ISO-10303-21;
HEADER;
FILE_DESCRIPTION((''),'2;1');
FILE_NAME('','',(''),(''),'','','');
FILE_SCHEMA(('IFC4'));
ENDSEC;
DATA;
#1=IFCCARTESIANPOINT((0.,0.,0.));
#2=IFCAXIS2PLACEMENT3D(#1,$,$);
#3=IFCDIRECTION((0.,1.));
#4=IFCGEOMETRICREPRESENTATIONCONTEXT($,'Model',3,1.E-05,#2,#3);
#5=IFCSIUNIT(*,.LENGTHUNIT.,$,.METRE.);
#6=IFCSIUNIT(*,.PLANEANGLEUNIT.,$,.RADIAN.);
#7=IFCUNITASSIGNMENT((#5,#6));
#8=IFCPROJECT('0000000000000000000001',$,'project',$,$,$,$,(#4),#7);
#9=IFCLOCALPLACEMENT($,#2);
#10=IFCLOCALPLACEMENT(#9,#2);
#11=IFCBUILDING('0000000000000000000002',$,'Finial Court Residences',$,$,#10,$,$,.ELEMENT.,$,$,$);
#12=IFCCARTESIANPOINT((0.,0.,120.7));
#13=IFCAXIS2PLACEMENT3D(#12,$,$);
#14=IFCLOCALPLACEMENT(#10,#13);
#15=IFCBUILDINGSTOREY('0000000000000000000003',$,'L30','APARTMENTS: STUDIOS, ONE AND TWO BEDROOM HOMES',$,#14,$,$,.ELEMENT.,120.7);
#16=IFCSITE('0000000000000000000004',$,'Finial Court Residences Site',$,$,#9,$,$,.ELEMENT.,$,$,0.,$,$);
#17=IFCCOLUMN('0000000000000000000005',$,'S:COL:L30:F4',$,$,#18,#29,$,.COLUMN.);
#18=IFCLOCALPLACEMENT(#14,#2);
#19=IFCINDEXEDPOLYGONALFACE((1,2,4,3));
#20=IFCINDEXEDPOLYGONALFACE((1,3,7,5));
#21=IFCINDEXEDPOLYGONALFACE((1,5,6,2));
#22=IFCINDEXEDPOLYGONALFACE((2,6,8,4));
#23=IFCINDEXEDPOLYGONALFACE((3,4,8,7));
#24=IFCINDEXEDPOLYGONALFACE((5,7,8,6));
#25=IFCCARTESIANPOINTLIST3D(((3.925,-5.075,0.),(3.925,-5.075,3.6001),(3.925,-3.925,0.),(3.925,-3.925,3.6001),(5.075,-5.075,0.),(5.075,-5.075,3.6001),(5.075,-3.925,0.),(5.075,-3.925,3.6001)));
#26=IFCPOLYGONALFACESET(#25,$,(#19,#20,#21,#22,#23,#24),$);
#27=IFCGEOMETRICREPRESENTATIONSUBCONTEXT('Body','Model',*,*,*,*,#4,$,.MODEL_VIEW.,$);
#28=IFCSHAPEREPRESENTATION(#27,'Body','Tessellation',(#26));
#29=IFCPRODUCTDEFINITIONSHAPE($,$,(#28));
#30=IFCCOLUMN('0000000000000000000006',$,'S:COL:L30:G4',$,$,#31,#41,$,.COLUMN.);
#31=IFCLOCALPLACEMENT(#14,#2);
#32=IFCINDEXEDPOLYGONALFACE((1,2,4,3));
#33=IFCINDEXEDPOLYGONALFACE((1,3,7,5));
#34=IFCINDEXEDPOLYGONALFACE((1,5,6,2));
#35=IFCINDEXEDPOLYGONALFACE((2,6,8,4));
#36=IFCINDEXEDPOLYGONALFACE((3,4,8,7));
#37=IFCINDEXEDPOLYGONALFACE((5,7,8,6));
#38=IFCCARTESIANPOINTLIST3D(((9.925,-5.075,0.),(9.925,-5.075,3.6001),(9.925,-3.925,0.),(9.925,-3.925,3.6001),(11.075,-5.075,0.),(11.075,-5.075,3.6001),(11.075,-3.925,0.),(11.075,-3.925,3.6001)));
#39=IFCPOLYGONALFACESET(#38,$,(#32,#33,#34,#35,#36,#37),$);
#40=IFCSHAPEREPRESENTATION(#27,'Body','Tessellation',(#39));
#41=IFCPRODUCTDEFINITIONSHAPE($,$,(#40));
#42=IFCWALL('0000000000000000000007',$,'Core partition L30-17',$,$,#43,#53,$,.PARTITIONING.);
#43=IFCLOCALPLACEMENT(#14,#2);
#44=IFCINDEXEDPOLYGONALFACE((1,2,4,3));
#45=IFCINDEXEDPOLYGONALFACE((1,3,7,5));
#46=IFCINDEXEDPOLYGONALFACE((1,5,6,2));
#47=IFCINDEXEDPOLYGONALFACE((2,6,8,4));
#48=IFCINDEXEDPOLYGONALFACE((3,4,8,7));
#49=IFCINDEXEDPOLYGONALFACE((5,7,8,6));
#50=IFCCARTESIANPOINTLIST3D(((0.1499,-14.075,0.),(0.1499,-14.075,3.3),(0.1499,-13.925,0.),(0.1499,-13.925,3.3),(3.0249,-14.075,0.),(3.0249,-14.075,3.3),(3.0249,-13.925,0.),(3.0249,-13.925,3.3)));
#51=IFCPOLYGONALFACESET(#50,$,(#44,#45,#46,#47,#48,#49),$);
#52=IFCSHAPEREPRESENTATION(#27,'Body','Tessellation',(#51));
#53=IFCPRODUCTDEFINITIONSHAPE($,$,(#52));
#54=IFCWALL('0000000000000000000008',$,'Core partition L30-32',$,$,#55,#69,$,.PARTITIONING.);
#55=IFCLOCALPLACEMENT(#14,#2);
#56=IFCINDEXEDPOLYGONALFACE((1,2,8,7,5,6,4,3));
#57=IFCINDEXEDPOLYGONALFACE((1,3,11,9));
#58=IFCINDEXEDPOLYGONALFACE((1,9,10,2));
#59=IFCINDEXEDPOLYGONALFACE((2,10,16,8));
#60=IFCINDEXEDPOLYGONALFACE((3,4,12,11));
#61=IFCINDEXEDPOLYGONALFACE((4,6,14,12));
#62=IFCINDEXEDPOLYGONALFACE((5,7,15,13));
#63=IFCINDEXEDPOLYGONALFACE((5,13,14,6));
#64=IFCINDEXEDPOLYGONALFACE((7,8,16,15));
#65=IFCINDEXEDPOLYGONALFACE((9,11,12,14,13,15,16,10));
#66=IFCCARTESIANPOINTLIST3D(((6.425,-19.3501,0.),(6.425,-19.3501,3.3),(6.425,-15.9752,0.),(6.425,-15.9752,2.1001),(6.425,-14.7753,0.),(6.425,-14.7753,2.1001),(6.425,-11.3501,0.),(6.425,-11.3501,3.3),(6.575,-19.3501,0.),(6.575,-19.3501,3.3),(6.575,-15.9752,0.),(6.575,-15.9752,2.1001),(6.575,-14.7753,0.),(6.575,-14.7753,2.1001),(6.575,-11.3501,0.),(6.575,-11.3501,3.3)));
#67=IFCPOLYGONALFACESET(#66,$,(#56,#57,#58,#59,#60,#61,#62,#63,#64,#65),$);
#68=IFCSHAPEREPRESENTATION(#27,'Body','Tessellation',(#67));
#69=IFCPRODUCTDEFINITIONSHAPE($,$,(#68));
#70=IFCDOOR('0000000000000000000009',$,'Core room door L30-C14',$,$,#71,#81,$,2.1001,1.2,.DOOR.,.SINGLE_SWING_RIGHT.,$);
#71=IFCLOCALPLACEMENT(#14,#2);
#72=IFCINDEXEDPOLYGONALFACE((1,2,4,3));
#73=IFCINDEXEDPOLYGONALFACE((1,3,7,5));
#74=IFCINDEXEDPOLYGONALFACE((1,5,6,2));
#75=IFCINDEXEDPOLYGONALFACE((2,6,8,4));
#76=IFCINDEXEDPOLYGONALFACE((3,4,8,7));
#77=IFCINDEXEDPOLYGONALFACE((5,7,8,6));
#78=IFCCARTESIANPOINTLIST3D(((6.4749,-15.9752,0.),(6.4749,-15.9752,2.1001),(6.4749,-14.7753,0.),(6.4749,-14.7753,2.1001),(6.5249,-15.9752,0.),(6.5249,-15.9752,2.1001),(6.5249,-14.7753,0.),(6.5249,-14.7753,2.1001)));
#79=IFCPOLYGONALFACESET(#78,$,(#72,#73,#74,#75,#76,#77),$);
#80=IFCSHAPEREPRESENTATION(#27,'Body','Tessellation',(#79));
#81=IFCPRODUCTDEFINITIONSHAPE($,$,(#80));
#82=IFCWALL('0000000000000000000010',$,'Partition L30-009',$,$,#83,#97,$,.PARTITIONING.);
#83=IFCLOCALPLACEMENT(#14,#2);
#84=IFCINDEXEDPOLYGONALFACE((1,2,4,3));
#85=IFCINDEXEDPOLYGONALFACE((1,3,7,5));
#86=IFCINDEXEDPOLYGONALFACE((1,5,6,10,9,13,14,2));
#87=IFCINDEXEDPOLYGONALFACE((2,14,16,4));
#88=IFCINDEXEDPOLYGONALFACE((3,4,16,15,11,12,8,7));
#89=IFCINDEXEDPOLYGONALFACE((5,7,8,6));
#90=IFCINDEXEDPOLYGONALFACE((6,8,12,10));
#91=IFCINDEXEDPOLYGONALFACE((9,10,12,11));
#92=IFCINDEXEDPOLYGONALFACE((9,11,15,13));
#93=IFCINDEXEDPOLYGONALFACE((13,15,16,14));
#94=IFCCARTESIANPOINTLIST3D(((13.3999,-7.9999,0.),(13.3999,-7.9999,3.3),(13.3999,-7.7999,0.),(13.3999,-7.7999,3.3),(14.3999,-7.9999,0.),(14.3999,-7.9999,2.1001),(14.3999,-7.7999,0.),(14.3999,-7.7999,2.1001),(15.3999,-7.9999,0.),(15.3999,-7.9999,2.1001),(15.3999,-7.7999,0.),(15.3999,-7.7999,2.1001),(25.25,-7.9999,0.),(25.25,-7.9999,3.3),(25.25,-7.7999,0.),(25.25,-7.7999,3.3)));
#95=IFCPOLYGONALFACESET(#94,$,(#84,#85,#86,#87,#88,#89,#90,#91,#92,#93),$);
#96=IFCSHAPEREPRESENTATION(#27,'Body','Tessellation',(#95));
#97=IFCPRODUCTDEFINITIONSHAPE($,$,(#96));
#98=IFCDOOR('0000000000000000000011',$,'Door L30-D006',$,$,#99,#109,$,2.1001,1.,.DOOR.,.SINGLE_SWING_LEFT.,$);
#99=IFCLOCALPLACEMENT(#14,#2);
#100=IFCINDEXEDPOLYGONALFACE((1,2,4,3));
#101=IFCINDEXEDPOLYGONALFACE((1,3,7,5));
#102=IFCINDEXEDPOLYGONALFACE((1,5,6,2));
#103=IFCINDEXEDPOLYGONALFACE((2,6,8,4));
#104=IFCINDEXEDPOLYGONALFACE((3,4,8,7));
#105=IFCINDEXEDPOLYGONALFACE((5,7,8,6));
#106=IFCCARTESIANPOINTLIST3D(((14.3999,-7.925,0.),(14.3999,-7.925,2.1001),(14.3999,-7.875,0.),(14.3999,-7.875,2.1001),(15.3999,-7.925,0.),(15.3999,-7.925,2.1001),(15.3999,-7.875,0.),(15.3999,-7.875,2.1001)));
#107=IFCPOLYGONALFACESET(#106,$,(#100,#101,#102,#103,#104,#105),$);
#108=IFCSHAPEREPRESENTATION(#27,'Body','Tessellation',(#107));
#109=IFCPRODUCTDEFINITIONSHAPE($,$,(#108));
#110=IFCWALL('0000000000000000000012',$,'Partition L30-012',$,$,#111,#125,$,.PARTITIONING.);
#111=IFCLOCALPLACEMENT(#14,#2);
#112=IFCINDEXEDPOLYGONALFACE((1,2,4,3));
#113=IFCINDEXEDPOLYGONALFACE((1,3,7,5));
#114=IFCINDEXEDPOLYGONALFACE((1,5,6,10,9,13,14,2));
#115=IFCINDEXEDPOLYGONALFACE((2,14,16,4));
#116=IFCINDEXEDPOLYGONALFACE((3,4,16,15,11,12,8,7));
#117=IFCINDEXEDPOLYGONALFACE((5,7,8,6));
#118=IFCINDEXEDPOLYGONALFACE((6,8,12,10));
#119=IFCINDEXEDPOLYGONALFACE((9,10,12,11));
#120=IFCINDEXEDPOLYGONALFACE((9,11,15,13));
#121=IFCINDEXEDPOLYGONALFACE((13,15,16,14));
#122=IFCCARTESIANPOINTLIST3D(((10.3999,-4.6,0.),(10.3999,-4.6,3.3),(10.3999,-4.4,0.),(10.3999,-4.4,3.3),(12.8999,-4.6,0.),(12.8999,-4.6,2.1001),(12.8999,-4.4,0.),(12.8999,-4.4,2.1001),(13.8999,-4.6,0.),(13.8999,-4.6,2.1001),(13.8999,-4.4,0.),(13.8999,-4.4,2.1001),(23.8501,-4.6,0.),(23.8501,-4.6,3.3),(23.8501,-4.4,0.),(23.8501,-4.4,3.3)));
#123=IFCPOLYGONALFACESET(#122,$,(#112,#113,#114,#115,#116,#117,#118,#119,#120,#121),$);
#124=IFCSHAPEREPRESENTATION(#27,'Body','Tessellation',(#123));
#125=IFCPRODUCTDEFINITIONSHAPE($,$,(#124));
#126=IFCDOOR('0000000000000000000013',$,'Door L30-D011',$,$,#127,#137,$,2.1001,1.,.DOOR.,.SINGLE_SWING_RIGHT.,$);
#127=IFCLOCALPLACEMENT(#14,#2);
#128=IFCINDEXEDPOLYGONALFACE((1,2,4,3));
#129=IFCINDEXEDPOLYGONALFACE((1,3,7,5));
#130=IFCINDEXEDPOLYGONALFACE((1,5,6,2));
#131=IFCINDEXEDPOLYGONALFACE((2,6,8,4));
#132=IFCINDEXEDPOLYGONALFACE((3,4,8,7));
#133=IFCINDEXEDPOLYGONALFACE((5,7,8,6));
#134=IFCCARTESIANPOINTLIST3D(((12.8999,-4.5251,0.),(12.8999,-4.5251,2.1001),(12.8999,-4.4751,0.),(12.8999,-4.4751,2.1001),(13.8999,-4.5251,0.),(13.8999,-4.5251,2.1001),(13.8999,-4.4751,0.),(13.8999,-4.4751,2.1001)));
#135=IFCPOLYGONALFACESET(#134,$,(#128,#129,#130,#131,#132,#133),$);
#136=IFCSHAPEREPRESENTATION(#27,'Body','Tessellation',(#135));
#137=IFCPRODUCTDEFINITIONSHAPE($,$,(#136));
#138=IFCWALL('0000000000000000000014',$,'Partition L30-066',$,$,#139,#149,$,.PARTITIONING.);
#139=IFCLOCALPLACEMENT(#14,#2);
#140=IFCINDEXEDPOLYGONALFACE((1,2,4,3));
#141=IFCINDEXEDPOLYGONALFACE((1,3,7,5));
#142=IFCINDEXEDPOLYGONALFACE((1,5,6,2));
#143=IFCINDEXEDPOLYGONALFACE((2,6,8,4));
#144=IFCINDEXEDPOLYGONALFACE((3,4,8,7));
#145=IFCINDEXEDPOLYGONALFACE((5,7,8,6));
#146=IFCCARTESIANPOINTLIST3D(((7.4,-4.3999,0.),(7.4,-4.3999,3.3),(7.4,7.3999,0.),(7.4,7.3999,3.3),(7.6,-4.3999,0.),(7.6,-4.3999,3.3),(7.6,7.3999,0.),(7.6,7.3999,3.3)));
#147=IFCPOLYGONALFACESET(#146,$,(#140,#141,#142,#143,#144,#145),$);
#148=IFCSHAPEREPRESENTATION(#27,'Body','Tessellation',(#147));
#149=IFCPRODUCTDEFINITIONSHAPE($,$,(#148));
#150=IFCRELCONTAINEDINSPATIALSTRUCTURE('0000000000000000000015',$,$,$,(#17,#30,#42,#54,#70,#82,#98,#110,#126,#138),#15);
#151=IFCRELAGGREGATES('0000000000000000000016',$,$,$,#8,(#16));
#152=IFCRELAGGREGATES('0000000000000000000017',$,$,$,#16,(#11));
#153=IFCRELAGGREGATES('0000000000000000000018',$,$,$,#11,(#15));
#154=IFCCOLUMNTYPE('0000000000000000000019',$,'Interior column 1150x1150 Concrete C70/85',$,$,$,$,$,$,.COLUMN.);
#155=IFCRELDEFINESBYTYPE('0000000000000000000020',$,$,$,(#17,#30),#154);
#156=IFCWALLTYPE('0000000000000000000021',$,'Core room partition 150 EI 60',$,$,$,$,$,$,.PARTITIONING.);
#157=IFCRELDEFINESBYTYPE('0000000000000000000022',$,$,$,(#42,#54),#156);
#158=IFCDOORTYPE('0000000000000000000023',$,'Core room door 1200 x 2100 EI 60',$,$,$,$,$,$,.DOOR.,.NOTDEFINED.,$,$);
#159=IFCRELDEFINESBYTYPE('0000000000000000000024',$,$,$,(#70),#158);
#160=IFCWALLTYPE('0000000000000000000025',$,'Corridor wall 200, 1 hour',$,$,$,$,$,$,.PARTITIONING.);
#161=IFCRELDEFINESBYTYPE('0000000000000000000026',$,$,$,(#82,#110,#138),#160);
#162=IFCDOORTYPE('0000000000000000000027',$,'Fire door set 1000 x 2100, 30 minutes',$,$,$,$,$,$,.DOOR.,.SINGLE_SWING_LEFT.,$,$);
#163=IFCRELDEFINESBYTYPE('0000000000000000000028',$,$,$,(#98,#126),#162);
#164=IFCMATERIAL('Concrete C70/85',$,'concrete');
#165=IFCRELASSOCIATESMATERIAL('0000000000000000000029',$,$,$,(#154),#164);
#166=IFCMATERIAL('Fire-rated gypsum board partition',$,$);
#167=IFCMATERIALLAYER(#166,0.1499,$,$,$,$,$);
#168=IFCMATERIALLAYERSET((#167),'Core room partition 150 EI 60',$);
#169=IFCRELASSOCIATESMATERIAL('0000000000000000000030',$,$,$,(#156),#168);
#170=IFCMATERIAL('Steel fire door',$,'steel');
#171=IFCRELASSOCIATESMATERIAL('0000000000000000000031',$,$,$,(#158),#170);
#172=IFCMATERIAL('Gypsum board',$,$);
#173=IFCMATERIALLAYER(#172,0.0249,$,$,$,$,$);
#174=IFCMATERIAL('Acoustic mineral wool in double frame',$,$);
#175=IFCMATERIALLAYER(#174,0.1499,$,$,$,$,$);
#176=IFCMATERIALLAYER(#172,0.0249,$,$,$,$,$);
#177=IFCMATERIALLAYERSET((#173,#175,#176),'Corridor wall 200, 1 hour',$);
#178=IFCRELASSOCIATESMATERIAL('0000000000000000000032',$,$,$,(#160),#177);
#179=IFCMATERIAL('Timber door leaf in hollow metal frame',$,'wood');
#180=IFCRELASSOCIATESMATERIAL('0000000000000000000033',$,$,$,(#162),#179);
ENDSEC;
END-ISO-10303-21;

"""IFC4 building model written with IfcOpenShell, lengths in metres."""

from ifc_helpers import new_model, si_unit, direction, frame, frame_2d, origin, origin_2d, place, context, subcontext, project, spatial, rectangle, extrude, material, layer, layer_set, material_profile, profile_set, type_object, element, fill, save


model = new_model("IFC4")

# Units and contexts
model_context = context("Model", 3, precision=1e-05, world=origin(), true_north=direction((0.0, 1.0)))
body_context = subcontext(model_context, "Body", "Model", "MODEL_VIEW")
ifc_project = project(units=[si_unit("LENGTHUNIT", "METRE"), si_unit("PLANEANGLEUNIT", "RADIAN")], contexts=[model_context])

# Site, building, storey
site_placement = place(None, origin())
site = spatial("IfcSite", under=ifc_project, at=site_placement, Name="Finial Court Residences Site", CompositionType="ELEMENT", RefElevation=0.0)
building_placement = place(site_placement, origin())
building = spatial("IfcBuilding", under=site, at=building_placement, Name="Finial Court Residences", CompositionType="ELEMENT")
storey_placement = place(building_placement, frame((0.0, 0.0, 120.7)))
storey = spatial("IfcBuildingStorey", under=building, at=storey_placement, Name="L30", Description="APARTMENTS: STUDIOS, ONE AND TWO BEDROOM HOMES", CompositionType="ELEMENT", Elevation=120.7)

# Columns
ifc_material_1 = material(Name="Concrete C70/85", Category="concrete")
ifc_material_profile = material_profile(ifc_material_1, rectangle(XDim=1.1499, YDim=1.1499, at=origin_2d()), Name="1150x1150")
ifc_profile_set = profile_set([ifc_material_profile], Name="Concrete C70/85")
column_type = type_object("IfcColumnType", Name="Interior column 1150x1150 Concrete C70/85", PredefinedType="COLUMN", material=ifc_profile_set)
for number, where, z_axis, x_axis, name in (
    (1, (4.5, -4.5, 0.0), (0.0, 0.0, 1.0), (1.0, 0.0, 0.0), "S:COL:L30:F4"),
    (2, (10.5, -4.5, 0.0), (0.0, 0.0, 1.0), (1.0, 0.0, 0.0), "S:COL:L30:G4"),
):
    element("IfcColumn", number, at=place(storey_placement, frame(where, z_axis=z_axis, x_axis=x_axis)), inside=storey, type_object=column_type, Name=name, PredefinedType="COLUMN", context=body_context, shape_type="SweptSolid", body=[
        extrude(rectangle(XDim=1.1499, YDim=1.1499, at=origin_2d()), origin(), (0.0, 0.0, 1.0), 3.6001),
    ])

# Wall
ifc_material_2 = material(Name="Fire-rated gypsum board partition")
ifc_layer_1 = layer(ifc_material_2, 0.1499)
ifc_layer_set_1 = layer_set([ifc_layer_1], Name="Core room partition 150 EI 60")
wall_type_1 = type_object("IfcWallType", Name="Core room partition 150 EI 60", PredefinedType="PARTITIONING", material=ifc_layer_set_1)
wall_1_placement = place(storey_placement, frame((0.1499, -14.0, 0.0), z_axis=(0.0, 0.0, 1.0), x_axis=(1.0, 0.0, 0.0)))
element("IfcWall", 3, at=wall_1_placement, inside=storey, type_object=wall_type_1, Name="Core partition L30-17", PredefinedType="PARTITIONING", context=body_context, shape_type="SweptSolid", body=[
    extrude(rectangle(XDim=2.875, YDim=0.1499, at=frame_2d((1.4375, 0.0))), origin(), (0.0, 0.0, 1.0), 3.3),
])

# Walls, openings, doors
wall_2_placement = place(storey_placement, frame((6.5, -11.3501, 0.0), z_axis=(0.0, 0.0, 1.0), x_axis=(0.0, -1.0, 0.0)))
wall_2 = element("IfcWall", 4, at=wall_2_placement, inside=storey, type_object=wall_type_1, Name="Core partition L30-32", PredefinedType="PARTITIONING", context=body_context, shape_type="SweptSolid", body=[
    extrude(rectangle(XDim=8.0, YDim=0.1499, at=frame_2d((4.0, 0.0))), origin(), (0.0, 0.0, 1.0), 3.3),
])
opening_1_placement = place(wall_2_placement, frame((3.425, 0.0, 0.0)))
opening_1 = element("IfcOpeningElement", 5, at=opening_1_placement, cuts=wall_2, PredefinedType="OPENING", context=body_context, shape_type="SweptSolid", body=[
    extrude(rectangle(XDim=1.2, YDim=2.1001, at=frame_2d((0.6001, 1.05))), frame((0.0, 0.085, 0.0), z_axis=(0.0, -1.0, 0.0), x_axis=(1.0, 0.0, 0.0)), (0.0, 0.0, 1.0), 0.1699),
])
ifc_material_3 = material(Name="Steel fire door", Category="steel")
door_type_1 = type_object("IfcDoorType", Name="Core room door 1200 x 2100 EI 60", OperationType="NOTDEFINED", PredefinedType="DOOR", material=ifc_material_3)
door_1_placement = place(opening_1_placement, origin())
door_1 = element("IfcDoor", 6, at=door_1_placement, inside=storey, type_object=door_type_1, Name="Core room door L30-C14", OperationType="SINGLE_SWING_RIGHT", OverallHeight=2.1001, OverallWidth=1.2, PredefinedType="DOOR", context=body_context, shape_type="SweptSolid", body=[
    extrude(rectangle(XDim=1.2, YDim=2.1001, at=frame_2d((0.6001, 1.05))), frame((0.0, 0.0249, 0.0), z_axis=(0.0, -1.0, 0.0), x_axis=(1.0, 0.0, 0.0)), (0.0, 0.0, 1.0), 0.05),
])
fill(opening_1, door_1)
ifc_material_4 = material(Name="Gypsum board")
ifc_layer_2 = layer(ifc_material_4, 0.0249)
ifc_material_5 = material(Name="Acoustic mineral wool in double frame")
ifc_layer_3 = layer(ifc_material_5, 0.1499)
ifc_layer_4 = layer(ifc_material_4, 0.0249)
ifc_layer_set_2 = layer_set([ifc_layer_2, ifc_layer_3, ifc_layer_4], Name="Corridor wall 200, 1 hour")
wall_type_2 = type_object("IfcWallType", Name="Corridor wall 200, 1 hour", PredefinedType="PARTITIONING", material=ifc_layer_set_2)
wall_3_placement = place(storey_placement, frame((13.3999, -7.8999, 0.0), z_axis=(0.0, 0.0, 1.0), x_axis=(1.0, 0.0, 0.0)))
wall_3 = element("IfcWall", 7, at=wall_3_placement, inside=storey, type_object=wall_type_2, Name="Partition L30-009", PredefinedType="PARTITIONING", context=body_context, shape_type="SweptSolid", body=[
    extrude(rectangle(XDim=11.8501, YDim=0.2, at=frame_2d((5.925, 0.0))), origin(), (0.0, 0.0, 1.0), 3.3),
])
opening_2_placement = place(wall_3_placement, frame((1.0, 0.0, 0.0)))
opening_2 = element("IfcOpeningElement", 8, at=opening_2_placement, cuts=wall_3, PredefinedType="OPENING", context=body_context, shape_type="SweptSolid", body=[
    extrude(rectangle(XDim=1.0, YDim=2.1001, at=frame_2d((0.5, 1.05))), frame((0.0, 0.1099, 0.0), z_axis=(0.0, -1.0, 0.0), x_axis=(1.0, 0.0, 0.0)), (0.0, 0.0, 1.0), 0.22),
])
ifc_material_6 = material(Name="Timber door leaf in hollow metal frame", Category="wood")
door_type_2 = type_object("IfcDoorType", Name="Fire door set 1000 x 2100, 30 minutes", OperationType="SINGLE_SWING_LEFT", PredefinedType="DOOR", material=ifc_material_6)
door_2_placement = place(opening_2_placement, origin())
door_2 = element("IfcDoor", 9, at=door_2_placement, inside=storey, type_object=door_type_2, Name="Door L30-D006", OperationType="SINGLE_SWING_LEFT", OverallHeight=2.1001, OverallWidth=1.0, PredefinedType="DOOR", context=body_context, shape_type="SweptSolid", body=[
    extrude(rectangle(XDim=1.0, YDim=2.1001, at=frame_2d((0.5, 1.05))), frame((0.0, 0.0249, 0.0), z_axis=(0.0, -1.0, 0.0), x_axis=(1.0, 0.0, 0.0)), (0.0, 0.0, 1.0), 0.05),
])
fill(opening_2, door_2)
wall_4_placement = place(storey_placement, frame((10.3999, -4.5, 0.0), z_axis=(0.0, 0.0, 1.0), x_axis=(1.0, 0.0, 0.0)))
wall_4 = element("IfcWall", 10, at=wall_4_placement, inside=storey, type_object=wall_type_2, Name="Partition L30-012", PredefinedType="PARTITIONING", context=body_context, shape_type="SweptSolid", body=[
    extrude(rectangle(XDim=13.4502, YDim=0.2, at=frame_2d((6.7251, 0.0))), origin(), (0.0, 0.0, 1.0), 3.3),
])
opening_3_placement = place(wall_4_placement, frame((2.5, 0.0, 0.0)))
opening_3 = element("IfcOpeningElement", 11, at=opening_3_placement, cuts=wall_4, PredefinedType="OPENING", context=body_context, shape_type="SweptSolid", body=[
    extrude(rectangle(XDim=1.0, YDim=2.1001, at=frame_2d((0.5, 1.05))), frame((0.0, 0.1099, 0.0), z_axis=(0.0, -1.0, 0.0), x_axis=(1.0, 0.0, 0.0)), (0.0, 0.0, 1.0), 0.22),
])
door_3_placement = place(opening_3_placement, origin())
door_3 = element("IfcDoor", 12, at=door_3_placement, inside=storey, type_object=door_type_2, Name="Door L30-D011", OperationType="SINGLE_SWING_RIGHT", OverallHeight=2.1001, OverallWidth=1.0, PredefinedType="DOOR", context=body_context, shape_type="SweptSolid", body=[
    extrude(rectangle(XDim=1.0, YDim=2.1001, at=frame_2d((0.5, 1.05))), frame((0.0, 0.0249, 0.0), z_axis=(0.0, -1.0, 0.0), x_axis=(1.0, 0.0, 0.0)), (0.0, 0.0, 1.0), 0.05),
])
fill(opening_3, door_3)

# Wall
wall_5_placement = place(storey_placement, frame((7.5, -4.3999, 0.0), z_axis=(0.0, 0.0, 1.0), x_axis=(0.0, 1.0, 0.0)))
element("IfcWall", 13, at=wall_5_placement, inside=storey, type_object=wall_type_2, Name="Partition L30-066", PredefinedType="PARTITIONING", context=body_context, shape_type="SweptSolid", body=[
    extrude(rectangle(XDim=11.7998, YDim=0.2, at=frame_2d((5.8999, 0.0))), origin(), (0.0, 0.0, 1.0), 3.3),
])

save(model, "model.ifc")
